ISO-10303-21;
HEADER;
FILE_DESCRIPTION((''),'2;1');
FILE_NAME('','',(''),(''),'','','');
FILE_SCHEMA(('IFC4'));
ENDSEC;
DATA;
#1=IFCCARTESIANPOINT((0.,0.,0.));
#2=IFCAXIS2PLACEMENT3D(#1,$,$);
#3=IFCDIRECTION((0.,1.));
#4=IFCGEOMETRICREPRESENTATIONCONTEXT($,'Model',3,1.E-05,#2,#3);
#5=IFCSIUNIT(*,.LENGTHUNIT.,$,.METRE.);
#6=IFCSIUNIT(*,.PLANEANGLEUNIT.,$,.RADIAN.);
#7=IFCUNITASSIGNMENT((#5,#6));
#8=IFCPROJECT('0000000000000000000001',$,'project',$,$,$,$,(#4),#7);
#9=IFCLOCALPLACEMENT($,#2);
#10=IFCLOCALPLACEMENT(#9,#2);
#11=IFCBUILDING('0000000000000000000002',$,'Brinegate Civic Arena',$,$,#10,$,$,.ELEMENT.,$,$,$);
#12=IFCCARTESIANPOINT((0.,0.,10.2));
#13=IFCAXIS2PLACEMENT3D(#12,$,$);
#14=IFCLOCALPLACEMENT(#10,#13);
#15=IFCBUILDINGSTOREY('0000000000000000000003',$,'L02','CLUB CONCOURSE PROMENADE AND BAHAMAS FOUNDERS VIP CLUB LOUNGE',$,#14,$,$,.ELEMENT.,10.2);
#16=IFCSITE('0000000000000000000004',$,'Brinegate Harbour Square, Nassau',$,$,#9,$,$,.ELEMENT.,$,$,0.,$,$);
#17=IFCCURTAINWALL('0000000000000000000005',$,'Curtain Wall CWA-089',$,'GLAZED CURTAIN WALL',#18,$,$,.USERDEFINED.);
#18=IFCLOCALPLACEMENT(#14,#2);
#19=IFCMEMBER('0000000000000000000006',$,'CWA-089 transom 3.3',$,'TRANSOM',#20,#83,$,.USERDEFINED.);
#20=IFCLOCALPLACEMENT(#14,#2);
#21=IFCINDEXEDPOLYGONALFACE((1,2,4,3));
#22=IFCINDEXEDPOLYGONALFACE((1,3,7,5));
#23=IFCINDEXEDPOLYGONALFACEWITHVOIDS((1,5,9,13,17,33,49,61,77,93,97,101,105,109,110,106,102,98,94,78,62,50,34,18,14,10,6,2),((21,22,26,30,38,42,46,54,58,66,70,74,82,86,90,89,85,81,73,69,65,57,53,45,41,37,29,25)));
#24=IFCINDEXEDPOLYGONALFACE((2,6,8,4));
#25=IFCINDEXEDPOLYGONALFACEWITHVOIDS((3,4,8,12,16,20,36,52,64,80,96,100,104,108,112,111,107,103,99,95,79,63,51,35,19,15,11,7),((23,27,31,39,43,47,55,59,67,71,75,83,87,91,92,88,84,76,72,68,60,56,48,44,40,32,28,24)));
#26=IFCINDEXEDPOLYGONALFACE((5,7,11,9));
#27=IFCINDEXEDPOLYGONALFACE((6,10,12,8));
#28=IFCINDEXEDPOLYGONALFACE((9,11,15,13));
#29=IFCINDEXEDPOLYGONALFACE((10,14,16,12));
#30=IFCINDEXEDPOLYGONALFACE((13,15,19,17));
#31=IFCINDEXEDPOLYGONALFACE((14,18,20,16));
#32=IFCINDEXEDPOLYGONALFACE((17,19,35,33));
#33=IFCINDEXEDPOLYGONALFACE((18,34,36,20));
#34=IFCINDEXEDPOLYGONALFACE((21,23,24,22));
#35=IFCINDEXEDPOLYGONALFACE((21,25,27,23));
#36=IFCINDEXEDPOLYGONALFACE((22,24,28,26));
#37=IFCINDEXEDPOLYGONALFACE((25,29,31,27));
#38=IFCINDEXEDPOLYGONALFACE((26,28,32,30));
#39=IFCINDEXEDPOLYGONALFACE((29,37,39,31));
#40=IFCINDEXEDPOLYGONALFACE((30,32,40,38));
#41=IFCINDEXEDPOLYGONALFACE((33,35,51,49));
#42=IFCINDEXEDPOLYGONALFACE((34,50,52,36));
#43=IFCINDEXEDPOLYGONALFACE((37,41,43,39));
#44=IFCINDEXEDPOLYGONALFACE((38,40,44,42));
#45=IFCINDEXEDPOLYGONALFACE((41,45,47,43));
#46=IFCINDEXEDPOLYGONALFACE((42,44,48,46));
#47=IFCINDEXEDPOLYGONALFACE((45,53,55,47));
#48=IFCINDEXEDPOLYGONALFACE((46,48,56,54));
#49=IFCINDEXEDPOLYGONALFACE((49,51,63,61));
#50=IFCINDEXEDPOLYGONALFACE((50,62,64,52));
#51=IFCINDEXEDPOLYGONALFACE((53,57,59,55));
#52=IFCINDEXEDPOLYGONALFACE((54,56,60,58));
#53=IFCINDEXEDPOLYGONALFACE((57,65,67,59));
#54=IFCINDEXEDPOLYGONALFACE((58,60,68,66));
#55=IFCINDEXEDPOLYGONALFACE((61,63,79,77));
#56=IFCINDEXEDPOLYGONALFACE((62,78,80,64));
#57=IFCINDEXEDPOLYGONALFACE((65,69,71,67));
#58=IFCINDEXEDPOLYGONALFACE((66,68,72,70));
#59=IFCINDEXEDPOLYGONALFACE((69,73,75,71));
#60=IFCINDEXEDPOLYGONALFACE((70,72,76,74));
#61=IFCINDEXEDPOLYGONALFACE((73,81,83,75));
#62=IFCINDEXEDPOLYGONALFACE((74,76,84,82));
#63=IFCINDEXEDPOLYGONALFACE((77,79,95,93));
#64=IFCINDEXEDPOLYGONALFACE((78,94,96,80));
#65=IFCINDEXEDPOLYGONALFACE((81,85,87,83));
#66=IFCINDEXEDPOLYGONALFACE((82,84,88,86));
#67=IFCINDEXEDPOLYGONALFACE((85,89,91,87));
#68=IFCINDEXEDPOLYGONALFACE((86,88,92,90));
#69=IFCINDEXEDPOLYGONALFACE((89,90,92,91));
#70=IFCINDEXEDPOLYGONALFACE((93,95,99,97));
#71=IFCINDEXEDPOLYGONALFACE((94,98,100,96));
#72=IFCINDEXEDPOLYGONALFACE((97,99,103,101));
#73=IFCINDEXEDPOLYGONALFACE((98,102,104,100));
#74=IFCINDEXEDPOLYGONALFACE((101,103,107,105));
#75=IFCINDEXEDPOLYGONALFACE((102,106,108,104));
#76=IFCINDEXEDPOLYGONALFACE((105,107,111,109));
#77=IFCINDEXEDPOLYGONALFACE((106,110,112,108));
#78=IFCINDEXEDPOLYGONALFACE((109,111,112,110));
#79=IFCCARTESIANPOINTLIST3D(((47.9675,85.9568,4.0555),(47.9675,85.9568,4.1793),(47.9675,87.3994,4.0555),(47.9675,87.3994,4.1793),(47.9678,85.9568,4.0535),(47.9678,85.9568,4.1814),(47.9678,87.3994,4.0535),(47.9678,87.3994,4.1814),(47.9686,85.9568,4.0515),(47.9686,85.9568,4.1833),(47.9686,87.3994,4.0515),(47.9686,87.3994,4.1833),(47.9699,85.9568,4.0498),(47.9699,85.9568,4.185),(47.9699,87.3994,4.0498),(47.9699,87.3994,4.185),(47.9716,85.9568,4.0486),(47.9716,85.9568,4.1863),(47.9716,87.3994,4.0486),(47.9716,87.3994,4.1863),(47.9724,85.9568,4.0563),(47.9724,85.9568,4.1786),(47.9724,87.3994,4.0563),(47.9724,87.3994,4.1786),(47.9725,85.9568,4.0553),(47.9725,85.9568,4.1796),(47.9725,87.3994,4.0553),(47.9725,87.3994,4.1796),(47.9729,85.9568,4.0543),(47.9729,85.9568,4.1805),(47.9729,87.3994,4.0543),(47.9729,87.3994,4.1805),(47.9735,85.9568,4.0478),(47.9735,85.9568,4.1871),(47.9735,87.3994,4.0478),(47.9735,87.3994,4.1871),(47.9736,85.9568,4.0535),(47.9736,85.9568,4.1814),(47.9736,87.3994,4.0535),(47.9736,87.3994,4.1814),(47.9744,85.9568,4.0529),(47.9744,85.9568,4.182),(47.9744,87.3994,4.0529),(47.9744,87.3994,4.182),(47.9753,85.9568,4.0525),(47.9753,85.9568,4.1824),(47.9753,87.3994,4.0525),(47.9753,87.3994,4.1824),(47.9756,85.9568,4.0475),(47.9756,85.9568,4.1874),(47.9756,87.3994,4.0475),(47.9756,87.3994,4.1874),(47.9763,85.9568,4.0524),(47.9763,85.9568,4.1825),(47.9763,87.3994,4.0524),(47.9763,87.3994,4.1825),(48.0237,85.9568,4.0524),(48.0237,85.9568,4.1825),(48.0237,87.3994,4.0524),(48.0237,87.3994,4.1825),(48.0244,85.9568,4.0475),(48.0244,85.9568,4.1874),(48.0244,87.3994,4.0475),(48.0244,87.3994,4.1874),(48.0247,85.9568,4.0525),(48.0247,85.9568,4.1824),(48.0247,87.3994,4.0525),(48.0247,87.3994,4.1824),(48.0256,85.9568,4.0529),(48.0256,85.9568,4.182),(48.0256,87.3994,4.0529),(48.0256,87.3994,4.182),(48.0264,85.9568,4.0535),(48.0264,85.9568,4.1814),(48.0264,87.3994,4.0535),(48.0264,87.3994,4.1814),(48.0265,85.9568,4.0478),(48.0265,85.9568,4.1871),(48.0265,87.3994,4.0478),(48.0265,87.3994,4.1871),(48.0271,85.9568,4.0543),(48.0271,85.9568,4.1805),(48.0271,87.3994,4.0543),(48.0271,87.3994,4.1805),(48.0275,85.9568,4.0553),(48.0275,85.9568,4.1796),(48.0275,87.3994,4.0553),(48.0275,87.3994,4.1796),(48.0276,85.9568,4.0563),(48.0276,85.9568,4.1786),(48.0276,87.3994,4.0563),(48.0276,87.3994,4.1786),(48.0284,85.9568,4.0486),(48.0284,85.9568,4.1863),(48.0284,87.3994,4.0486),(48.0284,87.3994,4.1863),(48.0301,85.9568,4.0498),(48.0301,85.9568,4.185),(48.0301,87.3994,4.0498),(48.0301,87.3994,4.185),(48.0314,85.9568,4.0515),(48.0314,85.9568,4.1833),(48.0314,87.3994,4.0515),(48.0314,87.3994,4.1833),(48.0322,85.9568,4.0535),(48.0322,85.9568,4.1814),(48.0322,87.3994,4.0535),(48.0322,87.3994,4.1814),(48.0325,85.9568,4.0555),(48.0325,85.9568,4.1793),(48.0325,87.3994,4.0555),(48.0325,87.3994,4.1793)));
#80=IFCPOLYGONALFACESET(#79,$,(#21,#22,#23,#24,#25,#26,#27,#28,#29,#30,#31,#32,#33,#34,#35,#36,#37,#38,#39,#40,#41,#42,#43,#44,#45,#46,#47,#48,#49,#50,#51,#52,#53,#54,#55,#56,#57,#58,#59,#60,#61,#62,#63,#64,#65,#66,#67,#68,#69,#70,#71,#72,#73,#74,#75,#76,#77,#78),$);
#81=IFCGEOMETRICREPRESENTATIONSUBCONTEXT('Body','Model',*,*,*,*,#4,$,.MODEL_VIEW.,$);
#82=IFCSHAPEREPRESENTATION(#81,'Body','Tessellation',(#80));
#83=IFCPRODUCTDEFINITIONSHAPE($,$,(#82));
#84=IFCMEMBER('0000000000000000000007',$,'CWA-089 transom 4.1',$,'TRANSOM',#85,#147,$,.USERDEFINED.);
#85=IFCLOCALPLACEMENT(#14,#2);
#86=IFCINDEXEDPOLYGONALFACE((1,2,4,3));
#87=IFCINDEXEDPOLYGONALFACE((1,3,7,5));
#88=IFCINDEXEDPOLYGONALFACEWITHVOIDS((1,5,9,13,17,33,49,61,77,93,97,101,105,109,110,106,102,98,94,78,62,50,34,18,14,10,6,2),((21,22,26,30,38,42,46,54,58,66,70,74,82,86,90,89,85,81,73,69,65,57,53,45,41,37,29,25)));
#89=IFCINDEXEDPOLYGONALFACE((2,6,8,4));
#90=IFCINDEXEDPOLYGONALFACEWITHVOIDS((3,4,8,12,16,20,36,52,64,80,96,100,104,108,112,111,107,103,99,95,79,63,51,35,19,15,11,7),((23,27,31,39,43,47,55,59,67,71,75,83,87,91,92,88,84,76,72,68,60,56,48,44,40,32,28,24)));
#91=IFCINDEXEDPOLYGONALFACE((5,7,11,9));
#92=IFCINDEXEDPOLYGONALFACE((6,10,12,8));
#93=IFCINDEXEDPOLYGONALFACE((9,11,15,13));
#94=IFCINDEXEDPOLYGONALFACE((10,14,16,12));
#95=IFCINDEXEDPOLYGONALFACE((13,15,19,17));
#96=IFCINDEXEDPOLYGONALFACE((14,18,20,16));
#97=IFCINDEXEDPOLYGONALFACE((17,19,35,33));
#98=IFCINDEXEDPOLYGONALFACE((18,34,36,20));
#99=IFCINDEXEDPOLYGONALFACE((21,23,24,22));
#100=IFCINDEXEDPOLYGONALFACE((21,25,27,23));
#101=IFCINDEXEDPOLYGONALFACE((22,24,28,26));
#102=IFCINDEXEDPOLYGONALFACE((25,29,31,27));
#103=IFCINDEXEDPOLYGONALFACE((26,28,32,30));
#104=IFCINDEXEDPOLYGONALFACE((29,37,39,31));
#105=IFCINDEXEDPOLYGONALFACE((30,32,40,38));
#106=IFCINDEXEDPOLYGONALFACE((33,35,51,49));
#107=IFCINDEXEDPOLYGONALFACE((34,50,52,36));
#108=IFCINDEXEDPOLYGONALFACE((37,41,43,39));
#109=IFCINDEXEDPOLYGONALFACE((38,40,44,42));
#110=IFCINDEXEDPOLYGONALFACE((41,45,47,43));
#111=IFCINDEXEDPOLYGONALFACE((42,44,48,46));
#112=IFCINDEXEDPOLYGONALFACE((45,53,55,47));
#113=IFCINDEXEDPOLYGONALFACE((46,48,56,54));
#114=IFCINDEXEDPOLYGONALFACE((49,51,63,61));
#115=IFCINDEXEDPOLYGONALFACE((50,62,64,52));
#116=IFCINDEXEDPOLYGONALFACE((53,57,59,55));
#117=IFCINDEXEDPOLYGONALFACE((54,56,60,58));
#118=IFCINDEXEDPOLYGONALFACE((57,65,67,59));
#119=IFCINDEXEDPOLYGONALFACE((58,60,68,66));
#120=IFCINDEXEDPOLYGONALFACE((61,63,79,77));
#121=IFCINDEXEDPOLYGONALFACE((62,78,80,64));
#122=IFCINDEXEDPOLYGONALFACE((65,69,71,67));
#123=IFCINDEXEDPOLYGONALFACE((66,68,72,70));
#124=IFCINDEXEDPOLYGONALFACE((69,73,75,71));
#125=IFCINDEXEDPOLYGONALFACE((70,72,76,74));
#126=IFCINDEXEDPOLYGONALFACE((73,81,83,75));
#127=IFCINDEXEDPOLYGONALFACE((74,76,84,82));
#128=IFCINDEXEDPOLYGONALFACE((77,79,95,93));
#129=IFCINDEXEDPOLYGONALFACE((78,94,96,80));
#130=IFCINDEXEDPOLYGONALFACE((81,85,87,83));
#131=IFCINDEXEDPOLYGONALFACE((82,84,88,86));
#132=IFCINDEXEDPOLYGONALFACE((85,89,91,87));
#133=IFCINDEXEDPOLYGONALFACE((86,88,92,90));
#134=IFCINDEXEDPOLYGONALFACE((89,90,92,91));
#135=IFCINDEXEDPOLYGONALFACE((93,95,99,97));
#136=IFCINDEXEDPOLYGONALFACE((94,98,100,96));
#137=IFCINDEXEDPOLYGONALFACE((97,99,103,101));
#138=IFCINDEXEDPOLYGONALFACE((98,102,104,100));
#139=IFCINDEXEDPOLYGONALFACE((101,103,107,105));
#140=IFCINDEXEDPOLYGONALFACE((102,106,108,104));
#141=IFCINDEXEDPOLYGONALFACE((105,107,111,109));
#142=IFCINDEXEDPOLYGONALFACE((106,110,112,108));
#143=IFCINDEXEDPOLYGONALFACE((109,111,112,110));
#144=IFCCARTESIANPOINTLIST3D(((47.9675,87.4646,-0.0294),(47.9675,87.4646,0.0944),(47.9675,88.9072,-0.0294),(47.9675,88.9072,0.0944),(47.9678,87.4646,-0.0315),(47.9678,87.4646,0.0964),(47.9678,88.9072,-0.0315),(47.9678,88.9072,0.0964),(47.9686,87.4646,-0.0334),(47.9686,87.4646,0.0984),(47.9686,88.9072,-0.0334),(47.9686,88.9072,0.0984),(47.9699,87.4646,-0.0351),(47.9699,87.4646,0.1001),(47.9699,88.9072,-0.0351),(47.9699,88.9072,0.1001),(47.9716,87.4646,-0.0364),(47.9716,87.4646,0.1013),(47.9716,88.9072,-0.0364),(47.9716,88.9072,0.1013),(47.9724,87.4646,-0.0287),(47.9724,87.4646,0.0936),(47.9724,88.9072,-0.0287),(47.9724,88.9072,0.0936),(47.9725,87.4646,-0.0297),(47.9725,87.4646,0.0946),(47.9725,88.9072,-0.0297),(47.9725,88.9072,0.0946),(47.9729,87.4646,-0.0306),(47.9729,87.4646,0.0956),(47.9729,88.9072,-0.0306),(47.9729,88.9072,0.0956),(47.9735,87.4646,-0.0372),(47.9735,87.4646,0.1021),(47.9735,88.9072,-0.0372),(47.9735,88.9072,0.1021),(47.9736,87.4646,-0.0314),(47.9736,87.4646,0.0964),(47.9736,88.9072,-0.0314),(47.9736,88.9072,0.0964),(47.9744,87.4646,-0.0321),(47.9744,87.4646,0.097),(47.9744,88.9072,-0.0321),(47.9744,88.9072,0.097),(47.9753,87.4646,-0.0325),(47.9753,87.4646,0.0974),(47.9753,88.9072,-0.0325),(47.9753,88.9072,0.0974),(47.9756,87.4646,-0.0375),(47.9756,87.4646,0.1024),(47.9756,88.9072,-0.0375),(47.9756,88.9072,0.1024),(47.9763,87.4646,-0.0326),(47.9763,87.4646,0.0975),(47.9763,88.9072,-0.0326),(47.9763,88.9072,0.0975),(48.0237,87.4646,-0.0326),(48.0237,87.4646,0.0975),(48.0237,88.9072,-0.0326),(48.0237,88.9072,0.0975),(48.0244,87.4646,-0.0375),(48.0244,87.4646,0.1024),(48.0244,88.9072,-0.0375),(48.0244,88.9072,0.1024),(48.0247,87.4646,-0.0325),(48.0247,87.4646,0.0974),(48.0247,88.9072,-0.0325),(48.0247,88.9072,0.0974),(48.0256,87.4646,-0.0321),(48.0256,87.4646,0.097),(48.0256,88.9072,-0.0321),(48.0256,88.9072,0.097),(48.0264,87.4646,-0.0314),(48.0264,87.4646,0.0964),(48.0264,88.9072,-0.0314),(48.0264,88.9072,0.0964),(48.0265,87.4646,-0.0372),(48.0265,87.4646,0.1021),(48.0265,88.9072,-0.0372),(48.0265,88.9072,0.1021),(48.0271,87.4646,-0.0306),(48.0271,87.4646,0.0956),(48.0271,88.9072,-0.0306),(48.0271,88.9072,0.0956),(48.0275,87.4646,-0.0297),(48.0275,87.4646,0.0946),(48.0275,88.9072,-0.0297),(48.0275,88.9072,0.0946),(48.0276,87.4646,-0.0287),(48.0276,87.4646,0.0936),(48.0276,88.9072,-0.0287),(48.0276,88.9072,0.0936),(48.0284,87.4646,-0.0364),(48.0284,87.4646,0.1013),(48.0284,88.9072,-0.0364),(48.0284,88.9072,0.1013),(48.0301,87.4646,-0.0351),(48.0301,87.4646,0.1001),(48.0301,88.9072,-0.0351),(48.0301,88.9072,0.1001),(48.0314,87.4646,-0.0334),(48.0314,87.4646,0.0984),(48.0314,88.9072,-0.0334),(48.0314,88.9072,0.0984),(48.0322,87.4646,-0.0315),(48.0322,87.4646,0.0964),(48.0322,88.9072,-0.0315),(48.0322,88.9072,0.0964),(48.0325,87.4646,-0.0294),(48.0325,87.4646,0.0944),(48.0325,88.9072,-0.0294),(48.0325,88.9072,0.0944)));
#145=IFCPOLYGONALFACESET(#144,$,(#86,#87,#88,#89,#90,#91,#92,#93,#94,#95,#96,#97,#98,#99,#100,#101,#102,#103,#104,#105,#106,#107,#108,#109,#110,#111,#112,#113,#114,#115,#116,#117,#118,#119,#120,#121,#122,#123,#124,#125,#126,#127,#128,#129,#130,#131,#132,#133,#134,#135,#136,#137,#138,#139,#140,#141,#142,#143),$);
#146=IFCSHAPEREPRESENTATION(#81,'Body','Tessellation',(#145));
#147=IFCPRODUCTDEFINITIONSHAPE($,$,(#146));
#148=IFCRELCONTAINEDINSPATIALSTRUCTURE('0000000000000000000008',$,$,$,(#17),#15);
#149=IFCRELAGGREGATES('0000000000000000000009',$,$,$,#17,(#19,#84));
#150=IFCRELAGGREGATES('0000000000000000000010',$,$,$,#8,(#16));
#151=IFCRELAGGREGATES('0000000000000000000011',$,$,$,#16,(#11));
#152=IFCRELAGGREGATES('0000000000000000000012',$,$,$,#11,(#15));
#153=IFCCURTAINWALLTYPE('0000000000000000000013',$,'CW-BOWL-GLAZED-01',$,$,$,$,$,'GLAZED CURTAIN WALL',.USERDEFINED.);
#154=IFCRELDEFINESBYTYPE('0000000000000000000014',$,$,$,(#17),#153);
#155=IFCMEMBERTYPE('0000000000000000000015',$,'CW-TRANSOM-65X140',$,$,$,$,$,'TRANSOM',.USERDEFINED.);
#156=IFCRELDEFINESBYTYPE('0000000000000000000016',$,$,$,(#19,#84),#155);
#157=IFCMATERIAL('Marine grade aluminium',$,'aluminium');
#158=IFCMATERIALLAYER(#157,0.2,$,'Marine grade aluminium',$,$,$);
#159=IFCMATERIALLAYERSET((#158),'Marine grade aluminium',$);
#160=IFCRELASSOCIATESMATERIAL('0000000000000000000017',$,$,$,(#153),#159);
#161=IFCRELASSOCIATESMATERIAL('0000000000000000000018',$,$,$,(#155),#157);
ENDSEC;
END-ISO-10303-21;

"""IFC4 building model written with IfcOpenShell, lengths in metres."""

from ifc_helpers import new_model, si_unit, direction, frame, origin, origin_2d, place, context, subcontext, project, spatial, hollow_rectangle, extrude, material, layer, layer_set, material_profile, profile_set, type_object, element, aggregate, save


model = new_model("IFC4")

# Units and contexts
model_context = context("Model", 3, precision=1e-05, world=origin(), true_north=direction((0.0, 1.0)))
body_context = subcontext(model_context, "Body", "Model", "MODEL_VIEW")
ifc_project = project(units=[si_unit("LENGTHUNIT", "METRE"), si_unit("PLANEANGLEUNIT", "RADIAN")], contexts=[model_context])

# Site, building, storey
site_placement = place(None, origin())
site = spatial("IfcSite", under=ifc_project, at=site_placement, Name="Brinegate Harbour Square, Nassau", CompositionType="ELEMENT", RefElevation=0.0)
building_placement = place(site_placement, origin())
building = spatial("IfcBuilding", under=site, at=building_placement, Name="Brinegate Civic Arena", CompositionType="ELEMENT")
storey_placement = place(building_placement, frame((0.0, 0.0, 10.2)))
storey = spatial("IfcBuildingStorey", under=building, at=storey_placement, Name="L02", Description="CLUB CONCOURSE PROMENADE AND BAHAMAS FOUNDERS VIP CLUB LOUNGE", CompositionType="ELEMENT", Elevation=10.2)

# Curtain wall, members
ifc_material_1 = material(Name="Marine grade aluminium", Category="aluminium")
ifc_layer_1 = layer(ifc_material_1, 0.2, Name="Marine grade aluminium")
ifc_layer_set_1 = layer_set([ifc_layer_1], Name="Marine grade aluminium")
curtain_wall_type_1 = type_object("IfcCurtainWallType", Name="CW-BOWL-GLAZED-01", ElementType="GLAZED CURTAIN WALL", PredefinedType="USERDEFINED", material=ifc_layer_set_1)
curtain_wall_1_placement = place(storey_placement, origin())
curtain_wall_1 = element("IfcCurtainWall", 1, at=curtain_wall_1_placement, inside=storey, type_object=curtain_wall_type_1, Name="Curtain Wall CWA-089", ObjectType="GLAZED CURTAIN WALL", PredefinedType="USERDEFINED")
ifc_material_profile_1 = material_profile(ifc_material_1, hollow_rectangle(XDim=0.0649, YDim=0.1399, WallThickness=0.0049, InnerFilletRadius=0.0039, OuterFilletRadius=0.0081, at=origin_2d()), Name="TRN65X140")
ifc_profile_set_1 = profile_set([ifc_material_profile_1], Name="Marine grade aluminium")
member_type_1 = type_object("IfcMemberType", Name="CW-TRANSOM-65X140", ElementType="TRANSOM", PredefinedType="USERDEFINED", material=ifc_profile_set_1)
member_1_placement = place(storey_placement, frame((48.0, 85.9568, 4.1174), z_axis=(0.0, 1.0, 0.0), x_axis=(-1.0, 0.0, 0.0)))
member_1 = element("IfcMember", 2, at=member_1_placement, type_object=member_type_1, Name="CWA-089 transom 3.3", ObjectType="TRANSOM", PredefinedType="USERDEFINED", context=body_context, shape_type="SweptSolid", body=[
    extrude(hollow_rectangle(XDim=0.0649, YDim=0.1399, WallThickness=0.0049, InnerFilletRadius=0.0039, OuterFilletRadius=0.0081, at=origin_2d()), origin(), (0.0, 0.0, 1.0), 1.4426),
])
member_2_placement = place(storey_placement, frame((48.0, 87.4646, 0.0325), z_axis=(0.0, 1.0, 0.0), x_axis=(-1.0, 0.0, 0.0)))
member_2 = element("IfcMember", 3, at=member_2_placement, type_object=member_type_1, Name="CWA-089 transom 4.1", ObjectType="TRANSOM", PredefinedType="USERDEFINED", context=body_context, shape_type="SweptSolid", body=[
    extrude(hollow_rectangle(XDim=0.0649, YDim=0.1399, WallThickness=0.0049, InnerFilletRadius=0.0039, OuterFilletRadius=0.0081, at=origin_2d()), origin(), (0.0, 0.0, 1.0), 1.4426),
])

aggregate(curtain_wall_1, [member_1, member_2])

save(model, "model.ifc")
